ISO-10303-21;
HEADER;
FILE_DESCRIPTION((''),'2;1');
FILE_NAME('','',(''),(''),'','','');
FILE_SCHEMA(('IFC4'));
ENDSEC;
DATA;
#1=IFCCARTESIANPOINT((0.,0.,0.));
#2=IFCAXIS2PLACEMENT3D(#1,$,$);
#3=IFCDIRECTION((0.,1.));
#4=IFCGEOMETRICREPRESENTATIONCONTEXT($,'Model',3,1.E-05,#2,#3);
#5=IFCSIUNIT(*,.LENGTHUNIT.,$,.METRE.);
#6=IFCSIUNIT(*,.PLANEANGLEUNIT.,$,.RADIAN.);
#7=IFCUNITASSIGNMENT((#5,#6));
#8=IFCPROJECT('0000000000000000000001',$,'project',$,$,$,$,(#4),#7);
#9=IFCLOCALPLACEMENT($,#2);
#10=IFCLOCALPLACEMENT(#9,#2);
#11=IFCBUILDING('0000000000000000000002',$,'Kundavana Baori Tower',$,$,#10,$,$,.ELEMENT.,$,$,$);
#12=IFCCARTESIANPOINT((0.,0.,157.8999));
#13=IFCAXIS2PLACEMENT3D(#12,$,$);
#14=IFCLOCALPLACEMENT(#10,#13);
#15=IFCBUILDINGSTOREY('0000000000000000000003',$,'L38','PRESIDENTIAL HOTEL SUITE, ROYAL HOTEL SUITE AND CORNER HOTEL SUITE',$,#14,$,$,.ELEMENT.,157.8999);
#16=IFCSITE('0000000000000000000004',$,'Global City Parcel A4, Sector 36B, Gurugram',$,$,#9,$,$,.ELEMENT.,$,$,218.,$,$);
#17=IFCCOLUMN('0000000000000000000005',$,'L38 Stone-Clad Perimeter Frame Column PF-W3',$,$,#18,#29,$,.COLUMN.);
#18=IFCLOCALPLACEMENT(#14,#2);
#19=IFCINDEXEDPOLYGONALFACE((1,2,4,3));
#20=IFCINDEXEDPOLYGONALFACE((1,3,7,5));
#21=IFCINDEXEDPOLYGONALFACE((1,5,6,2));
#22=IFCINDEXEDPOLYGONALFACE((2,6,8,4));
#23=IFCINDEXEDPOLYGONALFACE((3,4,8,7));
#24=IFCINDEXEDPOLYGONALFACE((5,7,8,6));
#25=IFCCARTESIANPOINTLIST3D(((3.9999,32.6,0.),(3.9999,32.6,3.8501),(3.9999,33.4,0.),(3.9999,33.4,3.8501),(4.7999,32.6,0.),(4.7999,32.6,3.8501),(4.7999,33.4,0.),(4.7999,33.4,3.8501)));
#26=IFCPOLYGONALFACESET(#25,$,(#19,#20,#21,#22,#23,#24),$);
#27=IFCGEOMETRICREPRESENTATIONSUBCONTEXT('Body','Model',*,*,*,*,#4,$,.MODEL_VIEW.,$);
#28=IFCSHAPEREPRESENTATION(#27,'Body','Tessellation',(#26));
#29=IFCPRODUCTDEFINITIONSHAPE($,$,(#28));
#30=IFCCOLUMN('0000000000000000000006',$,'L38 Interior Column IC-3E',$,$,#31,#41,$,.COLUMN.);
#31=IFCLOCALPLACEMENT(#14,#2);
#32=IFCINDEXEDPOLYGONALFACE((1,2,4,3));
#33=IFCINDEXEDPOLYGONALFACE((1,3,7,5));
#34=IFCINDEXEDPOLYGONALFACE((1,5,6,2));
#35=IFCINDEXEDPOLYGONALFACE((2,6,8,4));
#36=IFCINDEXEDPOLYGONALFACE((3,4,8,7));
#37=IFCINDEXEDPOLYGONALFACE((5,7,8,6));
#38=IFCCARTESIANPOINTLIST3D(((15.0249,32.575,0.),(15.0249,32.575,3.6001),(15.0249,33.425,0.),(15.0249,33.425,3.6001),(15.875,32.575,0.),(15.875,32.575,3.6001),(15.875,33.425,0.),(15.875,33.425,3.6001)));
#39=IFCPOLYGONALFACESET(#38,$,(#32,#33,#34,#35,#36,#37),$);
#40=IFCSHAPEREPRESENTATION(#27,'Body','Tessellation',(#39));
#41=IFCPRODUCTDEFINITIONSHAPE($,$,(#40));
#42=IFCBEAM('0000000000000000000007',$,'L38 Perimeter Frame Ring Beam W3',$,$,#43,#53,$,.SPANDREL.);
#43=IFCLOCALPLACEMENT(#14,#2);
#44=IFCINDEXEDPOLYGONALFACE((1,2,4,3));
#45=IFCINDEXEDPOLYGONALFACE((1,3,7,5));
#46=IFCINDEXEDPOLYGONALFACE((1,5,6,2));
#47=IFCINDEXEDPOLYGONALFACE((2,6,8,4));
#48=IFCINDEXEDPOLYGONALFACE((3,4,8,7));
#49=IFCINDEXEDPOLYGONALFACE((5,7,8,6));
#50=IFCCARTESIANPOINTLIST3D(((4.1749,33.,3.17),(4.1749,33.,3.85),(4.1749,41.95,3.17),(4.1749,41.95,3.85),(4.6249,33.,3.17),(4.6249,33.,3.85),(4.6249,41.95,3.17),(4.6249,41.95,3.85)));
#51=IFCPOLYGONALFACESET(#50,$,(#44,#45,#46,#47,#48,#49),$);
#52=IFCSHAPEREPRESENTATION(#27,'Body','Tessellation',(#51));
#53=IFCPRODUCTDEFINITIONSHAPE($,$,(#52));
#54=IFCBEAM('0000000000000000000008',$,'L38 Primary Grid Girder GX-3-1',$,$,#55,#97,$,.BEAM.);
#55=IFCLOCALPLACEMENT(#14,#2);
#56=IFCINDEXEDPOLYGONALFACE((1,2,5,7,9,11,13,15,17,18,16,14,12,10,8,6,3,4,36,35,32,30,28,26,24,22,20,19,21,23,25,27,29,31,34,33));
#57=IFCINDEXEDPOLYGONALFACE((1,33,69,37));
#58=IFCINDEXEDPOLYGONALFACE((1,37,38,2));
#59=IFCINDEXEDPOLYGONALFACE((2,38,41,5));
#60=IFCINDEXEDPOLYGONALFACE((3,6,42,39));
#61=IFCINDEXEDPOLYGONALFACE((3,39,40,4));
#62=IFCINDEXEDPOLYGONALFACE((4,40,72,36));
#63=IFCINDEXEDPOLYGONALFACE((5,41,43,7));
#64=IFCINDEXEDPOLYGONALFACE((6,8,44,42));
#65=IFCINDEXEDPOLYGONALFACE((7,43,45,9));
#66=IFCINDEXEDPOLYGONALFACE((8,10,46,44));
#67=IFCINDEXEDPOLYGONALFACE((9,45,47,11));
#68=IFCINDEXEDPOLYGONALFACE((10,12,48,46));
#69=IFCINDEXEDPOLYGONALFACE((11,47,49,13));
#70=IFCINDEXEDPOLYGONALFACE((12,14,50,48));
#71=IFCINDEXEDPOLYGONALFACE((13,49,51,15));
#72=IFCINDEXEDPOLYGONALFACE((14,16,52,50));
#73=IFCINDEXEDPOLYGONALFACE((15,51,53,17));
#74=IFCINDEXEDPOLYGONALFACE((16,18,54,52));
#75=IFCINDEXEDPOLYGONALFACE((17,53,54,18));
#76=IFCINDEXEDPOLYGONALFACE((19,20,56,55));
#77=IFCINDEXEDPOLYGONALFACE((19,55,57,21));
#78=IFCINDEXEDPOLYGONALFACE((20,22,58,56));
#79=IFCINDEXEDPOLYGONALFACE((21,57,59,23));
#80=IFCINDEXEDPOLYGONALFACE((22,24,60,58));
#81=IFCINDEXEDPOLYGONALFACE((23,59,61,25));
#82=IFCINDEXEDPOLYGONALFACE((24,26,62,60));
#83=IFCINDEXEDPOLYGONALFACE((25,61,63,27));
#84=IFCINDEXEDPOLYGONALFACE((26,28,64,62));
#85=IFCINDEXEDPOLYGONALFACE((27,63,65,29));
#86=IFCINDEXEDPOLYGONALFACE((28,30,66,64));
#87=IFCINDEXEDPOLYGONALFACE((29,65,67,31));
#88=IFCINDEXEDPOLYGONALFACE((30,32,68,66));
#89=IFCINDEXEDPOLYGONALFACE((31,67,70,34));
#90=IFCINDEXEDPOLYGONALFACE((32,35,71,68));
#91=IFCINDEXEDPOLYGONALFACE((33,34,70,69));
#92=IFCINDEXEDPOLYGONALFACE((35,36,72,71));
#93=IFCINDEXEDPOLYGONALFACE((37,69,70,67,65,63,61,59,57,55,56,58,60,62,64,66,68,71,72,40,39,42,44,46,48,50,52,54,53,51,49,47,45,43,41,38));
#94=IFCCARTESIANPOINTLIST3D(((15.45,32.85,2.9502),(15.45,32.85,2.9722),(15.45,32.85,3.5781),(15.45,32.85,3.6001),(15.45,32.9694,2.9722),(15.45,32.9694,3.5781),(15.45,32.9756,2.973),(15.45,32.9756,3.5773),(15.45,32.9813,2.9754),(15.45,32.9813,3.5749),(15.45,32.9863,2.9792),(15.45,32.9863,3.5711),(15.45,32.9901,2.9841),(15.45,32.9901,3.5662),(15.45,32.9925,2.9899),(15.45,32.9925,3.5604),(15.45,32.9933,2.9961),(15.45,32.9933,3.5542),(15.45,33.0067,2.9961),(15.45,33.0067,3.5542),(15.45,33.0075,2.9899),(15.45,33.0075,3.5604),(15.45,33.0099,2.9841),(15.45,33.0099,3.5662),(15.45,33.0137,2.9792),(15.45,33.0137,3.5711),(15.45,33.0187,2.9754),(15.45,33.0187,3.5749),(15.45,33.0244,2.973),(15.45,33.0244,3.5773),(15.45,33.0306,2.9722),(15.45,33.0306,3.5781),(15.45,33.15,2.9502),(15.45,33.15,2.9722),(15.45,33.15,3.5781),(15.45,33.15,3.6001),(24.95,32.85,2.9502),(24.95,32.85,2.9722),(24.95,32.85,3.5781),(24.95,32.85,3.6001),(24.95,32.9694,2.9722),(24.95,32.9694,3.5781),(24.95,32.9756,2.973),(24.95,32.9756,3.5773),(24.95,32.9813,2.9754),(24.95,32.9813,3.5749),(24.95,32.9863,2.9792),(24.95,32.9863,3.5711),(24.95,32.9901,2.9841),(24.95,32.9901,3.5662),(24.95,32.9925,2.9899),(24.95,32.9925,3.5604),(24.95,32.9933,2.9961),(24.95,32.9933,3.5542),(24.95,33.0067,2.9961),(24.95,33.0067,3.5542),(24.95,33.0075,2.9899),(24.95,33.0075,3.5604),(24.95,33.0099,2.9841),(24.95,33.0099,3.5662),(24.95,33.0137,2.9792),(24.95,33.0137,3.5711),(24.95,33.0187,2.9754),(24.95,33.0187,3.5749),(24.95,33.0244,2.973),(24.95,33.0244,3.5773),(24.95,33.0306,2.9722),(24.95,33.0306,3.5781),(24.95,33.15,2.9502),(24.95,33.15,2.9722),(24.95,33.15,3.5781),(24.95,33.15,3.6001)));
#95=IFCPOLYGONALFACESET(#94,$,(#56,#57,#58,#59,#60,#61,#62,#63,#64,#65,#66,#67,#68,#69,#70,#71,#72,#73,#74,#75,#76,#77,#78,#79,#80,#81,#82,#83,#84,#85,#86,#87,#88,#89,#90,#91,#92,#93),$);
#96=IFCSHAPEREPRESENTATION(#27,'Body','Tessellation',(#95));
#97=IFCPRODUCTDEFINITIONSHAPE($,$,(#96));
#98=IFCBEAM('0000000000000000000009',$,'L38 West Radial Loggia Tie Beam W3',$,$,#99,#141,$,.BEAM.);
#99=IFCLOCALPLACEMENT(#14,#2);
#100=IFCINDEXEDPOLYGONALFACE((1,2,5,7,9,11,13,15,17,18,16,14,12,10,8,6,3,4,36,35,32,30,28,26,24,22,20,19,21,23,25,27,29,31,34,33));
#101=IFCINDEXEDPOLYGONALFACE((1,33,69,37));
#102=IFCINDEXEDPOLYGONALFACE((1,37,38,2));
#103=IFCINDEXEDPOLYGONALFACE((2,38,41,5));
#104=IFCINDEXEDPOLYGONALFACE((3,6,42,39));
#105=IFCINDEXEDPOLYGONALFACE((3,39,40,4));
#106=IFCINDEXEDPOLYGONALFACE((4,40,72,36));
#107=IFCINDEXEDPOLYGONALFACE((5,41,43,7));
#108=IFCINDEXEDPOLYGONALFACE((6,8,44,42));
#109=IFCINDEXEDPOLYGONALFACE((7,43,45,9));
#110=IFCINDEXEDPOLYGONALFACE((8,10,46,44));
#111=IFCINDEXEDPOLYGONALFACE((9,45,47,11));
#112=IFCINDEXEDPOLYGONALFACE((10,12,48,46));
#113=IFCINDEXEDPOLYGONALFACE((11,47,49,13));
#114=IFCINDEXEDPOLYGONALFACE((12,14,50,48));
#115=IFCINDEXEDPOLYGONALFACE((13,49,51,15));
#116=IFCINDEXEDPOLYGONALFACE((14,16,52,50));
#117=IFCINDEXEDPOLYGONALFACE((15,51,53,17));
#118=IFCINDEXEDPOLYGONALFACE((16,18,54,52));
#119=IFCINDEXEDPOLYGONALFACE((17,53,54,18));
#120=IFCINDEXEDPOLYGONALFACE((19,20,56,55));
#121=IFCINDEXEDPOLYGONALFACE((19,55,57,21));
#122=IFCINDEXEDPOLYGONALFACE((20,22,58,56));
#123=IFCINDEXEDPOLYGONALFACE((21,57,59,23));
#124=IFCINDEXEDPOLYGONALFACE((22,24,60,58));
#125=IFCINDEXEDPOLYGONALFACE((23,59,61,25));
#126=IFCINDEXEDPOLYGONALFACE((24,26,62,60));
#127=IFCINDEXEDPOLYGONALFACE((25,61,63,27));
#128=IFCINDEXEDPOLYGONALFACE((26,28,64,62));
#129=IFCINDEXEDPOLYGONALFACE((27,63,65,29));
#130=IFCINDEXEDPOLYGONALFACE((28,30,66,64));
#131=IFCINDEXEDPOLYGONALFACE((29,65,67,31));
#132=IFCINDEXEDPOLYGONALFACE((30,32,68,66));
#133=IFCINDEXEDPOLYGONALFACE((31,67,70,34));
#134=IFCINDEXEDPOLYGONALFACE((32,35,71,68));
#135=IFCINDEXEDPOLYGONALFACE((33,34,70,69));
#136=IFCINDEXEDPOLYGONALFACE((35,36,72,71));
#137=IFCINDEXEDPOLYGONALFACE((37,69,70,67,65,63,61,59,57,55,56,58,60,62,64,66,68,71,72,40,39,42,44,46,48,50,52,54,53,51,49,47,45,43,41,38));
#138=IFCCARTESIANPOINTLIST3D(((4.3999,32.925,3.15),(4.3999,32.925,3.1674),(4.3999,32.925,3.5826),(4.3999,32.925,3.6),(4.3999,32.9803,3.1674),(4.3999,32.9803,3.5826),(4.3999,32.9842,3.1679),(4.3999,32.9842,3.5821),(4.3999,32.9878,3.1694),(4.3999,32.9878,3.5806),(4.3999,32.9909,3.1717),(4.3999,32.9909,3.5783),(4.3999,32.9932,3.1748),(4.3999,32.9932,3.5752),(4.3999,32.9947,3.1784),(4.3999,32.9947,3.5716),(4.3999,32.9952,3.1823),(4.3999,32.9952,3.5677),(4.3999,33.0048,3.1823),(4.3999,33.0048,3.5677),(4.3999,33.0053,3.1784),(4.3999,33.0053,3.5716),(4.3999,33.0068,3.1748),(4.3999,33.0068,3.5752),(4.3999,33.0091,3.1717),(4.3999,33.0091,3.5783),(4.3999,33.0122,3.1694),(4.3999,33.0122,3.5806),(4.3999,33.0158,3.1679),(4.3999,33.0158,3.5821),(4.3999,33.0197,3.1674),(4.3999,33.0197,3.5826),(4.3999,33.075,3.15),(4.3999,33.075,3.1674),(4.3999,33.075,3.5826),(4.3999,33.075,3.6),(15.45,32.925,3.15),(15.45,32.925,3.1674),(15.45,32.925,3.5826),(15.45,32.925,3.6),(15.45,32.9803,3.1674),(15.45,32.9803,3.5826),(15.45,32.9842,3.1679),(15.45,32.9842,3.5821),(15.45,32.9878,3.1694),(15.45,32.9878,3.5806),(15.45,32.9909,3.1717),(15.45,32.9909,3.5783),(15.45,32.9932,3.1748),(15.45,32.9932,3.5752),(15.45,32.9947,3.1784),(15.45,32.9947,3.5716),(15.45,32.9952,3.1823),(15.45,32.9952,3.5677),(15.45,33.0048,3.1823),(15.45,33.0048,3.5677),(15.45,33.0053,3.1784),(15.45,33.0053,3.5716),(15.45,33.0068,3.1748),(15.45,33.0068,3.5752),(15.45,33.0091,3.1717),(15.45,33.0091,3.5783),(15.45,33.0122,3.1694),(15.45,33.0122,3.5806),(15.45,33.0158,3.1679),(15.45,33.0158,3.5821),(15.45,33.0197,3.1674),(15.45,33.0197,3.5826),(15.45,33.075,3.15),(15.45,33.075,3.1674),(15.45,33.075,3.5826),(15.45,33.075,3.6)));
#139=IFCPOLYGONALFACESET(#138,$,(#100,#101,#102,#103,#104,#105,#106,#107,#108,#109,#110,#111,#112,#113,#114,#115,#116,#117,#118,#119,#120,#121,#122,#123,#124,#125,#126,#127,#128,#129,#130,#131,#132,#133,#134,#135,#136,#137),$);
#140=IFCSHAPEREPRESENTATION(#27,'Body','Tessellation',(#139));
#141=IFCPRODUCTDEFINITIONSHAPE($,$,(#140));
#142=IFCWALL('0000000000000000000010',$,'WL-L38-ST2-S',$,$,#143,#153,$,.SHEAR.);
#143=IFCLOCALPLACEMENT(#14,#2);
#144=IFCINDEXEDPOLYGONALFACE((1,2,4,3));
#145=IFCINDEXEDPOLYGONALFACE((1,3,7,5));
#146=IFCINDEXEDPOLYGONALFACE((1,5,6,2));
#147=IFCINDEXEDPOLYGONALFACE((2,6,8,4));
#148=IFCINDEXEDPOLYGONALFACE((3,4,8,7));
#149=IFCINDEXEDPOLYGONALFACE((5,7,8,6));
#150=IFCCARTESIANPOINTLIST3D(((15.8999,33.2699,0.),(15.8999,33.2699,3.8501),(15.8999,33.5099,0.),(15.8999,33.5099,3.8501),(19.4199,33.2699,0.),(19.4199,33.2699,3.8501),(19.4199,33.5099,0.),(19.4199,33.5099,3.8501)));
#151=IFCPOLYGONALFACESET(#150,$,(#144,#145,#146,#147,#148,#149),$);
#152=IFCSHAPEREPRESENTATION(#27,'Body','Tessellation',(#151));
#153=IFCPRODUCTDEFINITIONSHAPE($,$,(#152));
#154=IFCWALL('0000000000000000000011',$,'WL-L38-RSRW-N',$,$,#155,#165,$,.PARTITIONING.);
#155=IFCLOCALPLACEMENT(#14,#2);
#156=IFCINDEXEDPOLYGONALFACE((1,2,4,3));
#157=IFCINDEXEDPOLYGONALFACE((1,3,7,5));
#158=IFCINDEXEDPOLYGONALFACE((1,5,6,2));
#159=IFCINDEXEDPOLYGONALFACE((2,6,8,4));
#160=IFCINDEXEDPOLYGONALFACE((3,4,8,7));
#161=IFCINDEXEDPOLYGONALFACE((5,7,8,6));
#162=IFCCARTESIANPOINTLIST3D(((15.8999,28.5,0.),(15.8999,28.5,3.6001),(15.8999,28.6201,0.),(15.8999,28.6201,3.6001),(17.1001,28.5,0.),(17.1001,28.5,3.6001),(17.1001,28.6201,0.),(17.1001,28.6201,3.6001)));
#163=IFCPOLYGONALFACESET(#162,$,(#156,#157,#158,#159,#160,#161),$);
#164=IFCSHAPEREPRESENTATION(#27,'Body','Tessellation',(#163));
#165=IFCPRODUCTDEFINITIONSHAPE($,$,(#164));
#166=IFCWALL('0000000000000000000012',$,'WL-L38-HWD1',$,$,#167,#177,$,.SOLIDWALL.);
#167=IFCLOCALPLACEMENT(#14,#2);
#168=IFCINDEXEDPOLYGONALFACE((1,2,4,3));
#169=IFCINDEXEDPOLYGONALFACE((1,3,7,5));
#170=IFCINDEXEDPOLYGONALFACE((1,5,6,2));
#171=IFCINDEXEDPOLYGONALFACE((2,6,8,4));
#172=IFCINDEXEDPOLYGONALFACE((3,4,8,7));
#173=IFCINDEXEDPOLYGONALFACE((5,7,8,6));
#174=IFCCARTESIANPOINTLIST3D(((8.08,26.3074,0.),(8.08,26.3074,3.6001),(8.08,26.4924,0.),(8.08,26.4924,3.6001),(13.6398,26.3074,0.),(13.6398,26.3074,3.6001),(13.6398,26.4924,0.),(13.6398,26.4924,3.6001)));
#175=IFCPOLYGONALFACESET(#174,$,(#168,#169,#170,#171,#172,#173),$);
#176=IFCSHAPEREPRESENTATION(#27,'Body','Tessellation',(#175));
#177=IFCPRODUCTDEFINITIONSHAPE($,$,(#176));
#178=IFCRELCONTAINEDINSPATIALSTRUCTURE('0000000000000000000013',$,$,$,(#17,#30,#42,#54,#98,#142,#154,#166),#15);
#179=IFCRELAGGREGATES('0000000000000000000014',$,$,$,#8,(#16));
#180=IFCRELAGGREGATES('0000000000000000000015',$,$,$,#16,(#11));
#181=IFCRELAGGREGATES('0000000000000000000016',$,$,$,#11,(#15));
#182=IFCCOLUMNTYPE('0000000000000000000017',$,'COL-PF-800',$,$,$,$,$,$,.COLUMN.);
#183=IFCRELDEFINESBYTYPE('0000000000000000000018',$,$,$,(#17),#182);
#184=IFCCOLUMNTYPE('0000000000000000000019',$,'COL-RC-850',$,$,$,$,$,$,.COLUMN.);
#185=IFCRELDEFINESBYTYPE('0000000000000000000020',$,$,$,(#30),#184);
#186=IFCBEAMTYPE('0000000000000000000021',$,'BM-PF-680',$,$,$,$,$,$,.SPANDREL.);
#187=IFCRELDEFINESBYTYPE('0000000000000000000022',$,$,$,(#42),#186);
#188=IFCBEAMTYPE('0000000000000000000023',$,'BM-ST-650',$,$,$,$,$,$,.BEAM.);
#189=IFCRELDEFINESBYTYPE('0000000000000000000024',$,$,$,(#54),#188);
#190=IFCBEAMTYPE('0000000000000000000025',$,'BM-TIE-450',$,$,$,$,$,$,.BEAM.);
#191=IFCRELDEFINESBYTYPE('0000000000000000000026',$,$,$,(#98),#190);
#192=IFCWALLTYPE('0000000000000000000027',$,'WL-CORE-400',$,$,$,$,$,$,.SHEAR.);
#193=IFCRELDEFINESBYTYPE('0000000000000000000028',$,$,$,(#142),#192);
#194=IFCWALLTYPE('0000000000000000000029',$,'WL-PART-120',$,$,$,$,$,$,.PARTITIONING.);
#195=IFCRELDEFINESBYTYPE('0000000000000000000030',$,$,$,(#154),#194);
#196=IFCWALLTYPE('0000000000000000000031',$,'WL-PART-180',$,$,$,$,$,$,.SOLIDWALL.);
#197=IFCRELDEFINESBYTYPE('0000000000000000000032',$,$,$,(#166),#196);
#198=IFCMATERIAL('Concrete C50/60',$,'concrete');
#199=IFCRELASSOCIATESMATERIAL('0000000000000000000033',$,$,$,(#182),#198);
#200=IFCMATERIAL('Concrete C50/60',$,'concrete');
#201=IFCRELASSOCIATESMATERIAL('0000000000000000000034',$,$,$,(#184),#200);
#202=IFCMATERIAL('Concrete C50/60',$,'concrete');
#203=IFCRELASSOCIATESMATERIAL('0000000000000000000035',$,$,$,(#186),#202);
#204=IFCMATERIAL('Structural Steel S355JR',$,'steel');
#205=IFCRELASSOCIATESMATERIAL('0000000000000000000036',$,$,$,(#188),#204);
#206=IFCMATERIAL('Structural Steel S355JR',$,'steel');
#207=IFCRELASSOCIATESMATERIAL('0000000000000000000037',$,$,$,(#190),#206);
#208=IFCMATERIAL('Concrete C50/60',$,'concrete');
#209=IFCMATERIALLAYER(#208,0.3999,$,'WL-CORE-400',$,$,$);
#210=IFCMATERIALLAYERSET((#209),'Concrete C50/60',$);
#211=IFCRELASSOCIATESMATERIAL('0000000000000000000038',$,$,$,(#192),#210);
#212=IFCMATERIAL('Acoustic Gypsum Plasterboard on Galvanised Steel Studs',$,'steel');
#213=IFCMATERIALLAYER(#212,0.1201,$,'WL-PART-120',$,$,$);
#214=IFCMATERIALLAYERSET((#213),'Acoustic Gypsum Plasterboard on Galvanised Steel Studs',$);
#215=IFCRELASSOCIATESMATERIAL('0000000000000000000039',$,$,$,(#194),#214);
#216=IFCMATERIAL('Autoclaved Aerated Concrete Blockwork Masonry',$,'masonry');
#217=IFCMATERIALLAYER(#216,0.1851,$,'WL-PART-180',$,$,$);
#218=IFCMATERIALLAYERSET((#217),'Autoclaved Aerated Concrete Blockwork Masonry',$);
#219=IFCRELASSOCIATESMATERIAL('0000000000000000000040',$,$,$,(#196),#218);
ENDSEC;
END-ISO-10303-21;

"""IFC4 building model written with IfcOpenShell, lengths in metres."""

from ifc_helpers import new_model, si_unit, direction, frame, frame_2d, origin, origin_2d, place, context, subcontext, project, spatial, rectangle, i_section, extrude, material, layer, layer_set, material_profile, profile_set, type_object, element, save


model = new_model("IFC4")

# Units and contexts
model_context = context("Model", 3, precision=1e-05, world=origin(), true_north=direction((0.0, 1.0)))
body_context = subcontext(model_context, "Body", "Model", "MODEL_VIEW")
ifc_project = project(units=[si_unit("LENGTHUNIT", "METRE"), si_unit("PLANEANGLEUNIT", "RADIAN")], contexts=[model_context])

# Site, building, storey
site_placement = place(None, origin())
site = spatial("IfcSite", under=ifc_project, at=site_placement, Name="Global City Parcel A4, Sector 36B, Gurugram", CompositionType="ELEMENT", RefElevation=218.0)
building_placement = place(site_placement, origin())
building = spatial("IfcBuilding", under=site, at=building_placement, Name="Kundavana Baori Tower", CompositionType="ELEMENT")
storey_placement = place(building_placement, frame((0.0, 0.0, 157.8999)))
storey = spatial("IfcBuildingStorey", under=building, at=storey_placement, Name="L38", Description="PRESIDENTIAL HOTEL SUITE, ROYAL HOTEL SUITE AND CORNER HOTEL SUITE", CompositionType="ELEMENT", Elevation=157.8999)

# Columns
ifc_material_1 = material(Name="Concrete C50/60", Category="concrete")
ifc_material_profile_1 = material_profile(ifc_material_1, rectangle(XDim=0.8, YDim=0.8, at=origin_2d()), Name="RC PF 800x800")
ifc_profile_set_1 = profile_set([ifc_material_profile_1], Name="Concrete C50/60")
column_type_1 = type_object("IfcColumnType", Name="COL-PF-800", PredefinedType="COLUMN", material=ifc_profile_set_1)
column_1_placement = place(storey_placement, frame((4.3999, 33.0, 0.0), z_axis=(0.0, 0.0, 1.0), x_axis=(1.0, 0.0, 0.0)))
element("IfcColumn", 1, at=column_1_placement, inside=storey, type_object=column_type_1, Name="L38 Stone-Clad Perimeter Frame Column PF-W3", PredefinedType="COLUMN", context=body_context, shape_type="SweptSolid", body=[
    extrude(rectangle(XDim=0.8, YDim=0.8, at=origin_2d()), origin(), (0.0, 0.0, 1.0), 3.8501),
])
ifc_material_2 = material(Name="Concrete C50/60", Category="concrete")
ifc_material_profile_2 = material_profile(ifc_material_2, rectangle(XDim=0.8501, YDim=0.8501, at=origin_2d()), Name="RC 850x850")
ifc_profile_set_2 = profile_set([ifc_material_profile_2], Name="Concrete C50/60")
column_type_2 = type_object("IfcColumnType", Name="COL-RC-850", PredefinedType="COLUMN", material=ifc_profile_set_2)
column_2_placement = place(storey_placement, frame((15.45, 33.0, 0.0), z_axis=(0.0, 0.0, 1.0), x_axis=(1.0, 0.0, 0.0)))
element("IfcColumn", 2, at=column_2_placement, inside=storey, type_object=column_type_2, Name="L38 Interior Column IC-3E", PredefinedType="COLUMN", context=body_context, shape_type="SweptSolid", body=[
    extrude(rectangle(XDim=0.8501, YDim=0.8501, at=origin_2d()), origin(), (0.0, 0.0, 1.0), 3.6001),
])

# Beams
ifc_material_3 = material(Name="Concrete C50/60", Category="concrete")
ifc_material_profile_3 = material_profile(ifc_material_3, rectangle(XDim=0.45, YDim=0.6799, at=origin_2d()), Name="RC BM 450x680")
ifc_profile_set_3 = profile_set([ifc_material_profile_3], Name="Concrete C50/60")
beam_type_1 = type_object("IfcBeamType", Name="BM-PF-680", PredefinedType="SPANDREL", material=ifc_profile_set_3)
beam_1_placement = place(storey_placement, frame((4.3999, 33.0, 3.51), z_axis=(0.0, 1.0, 0.0), x_axis=(-1.0, 0.0, 0.0)))
element("IfcBeam", 3, at=beam_1_placement, inside=storey, type_object=beam_type_1, Name="L38 Perimeter Frame Ring Beam W3", PredefinedType="SPANDREL", context=body_context, shape_type="SweptSolid", body=[
    extrude(rectangle(XDim=0.45, YDim=0.6799, at=origin_2d()), origin(), (0.0, 0.0, 1.0), 8.95),
])
ifc_material_4 = material(Name="Structural Steel S355JR", Category="steel")
ifc_material_profile_4 = material_profile(ifc_material_4, i_section(OverallWidth=0.3, OverallDepth=0.6499, WebThickness=0.0134, FlangeThickness=0.022, FilletRadius=0.0239, at=origin_2d()), Name="NPB 650x300x155")
ifc_profile_set_4 = profile_set([ifc_material_profile_4], Name="Structural Steel S355JR")
beam_type_2 = type_object("IfcBeamType", Name="BM-ST-650", PredefinedType="BEAM", material=ifc_profile_set_4)
beam_2_placement = place(storey_placement, frame((15.45, 33.0, 3.2751), z_axis=(1.0, 0.0, 0.0), x_axis=(0.0, 1.0, 0.0)))
element("IfcBeam", 4, at=beam_2_placement, inside=storey, type_object=beam_type_2, Name="L38 Primary Grid Girder GX-3-1", PredefinedType="BEAM", context=body_context, shape_type="SweptSolid", body=[
    extrude(i_section(OverallWidth=0.3, OverallDepth=0.6499, WebThickness=0.0134, FlangeThickness=0.022, FilletRadius=0.0239, at=origin_2d()), origin(), (0.0, 0.0, 1.0), 9.5),
])
ifc_material_5 = material(Name="Structural Steel S355JR", Category="steel")
ifc_material_profile_5 = material_profile(ifc_material_5, i_section(OverallWidth=0.1499, OverallDepth=0.45, WebThickness=0.0095, FlangeThickness=0.0173, FilletRadius=0.0149, at=origin_2d()), Name="ISMB 450")
ifc_profile_set_5 = profile_set([ifc_material_profile_5], Name="Structural Steel S355JR")
beam_type_3 = type_object("IfcBeamType", Name="BM-TIE-450", PredefinedType="BEAM", material=ifc_profile_set_5)
beam_3_placement = place(storey_placement, frame((15.45, 33.0, 3.375), z_axis=(-1.0, 0.0, 0.0), x_axis=(0.0, -1.0, 0.0)))
element("IfcBeam", 5, at=beam_3_placement, inside=storey, type_object=beam_type_3, Name="L38 West Radial Loggia Tie Beam W3", PredefinedType="BEAM", context=body_context, shape_type="SweptSolid", body=[
    extrude(i_section(OverallWidth=0.1499, OverallDepth=0.45, WebThickness=0.0095, FlangeThickness=0.0173, FilletRadius=0.0149, at=origin_2d()), origin(), (0.0, 0.0, 1.0), 11.05),
])

# Walls
ifc_material_6 = material(Name="Concrete C50/60", Category="concrete")
ifc_layer_1 = layer(ifc_material_6, 0.3999, Name="WL-CORE-400")
ifc_layer_set_1 = layer_set([ifc_layer_1], Name="Concrete C50/60")
wall_type_1 = type_object("IfcWallType", Name="WL-CORE-400", PredefinedType="SHEAR", material=ifc_layer_set_1)
wall_1_placement = place(storey_placement, frame((15.8999, 33.3899, 0.0), z_axis=(0.0, 0.0, 1.0), x_axis=(1.0, 0.0, 0.0)))
element("IfcWall", 6, at=wall_1_placement, inside=storey, type_object=wall_type_1, Name="WL-L38-ST2-S", PredefinedType="SHEAR", context=body_context, shape_type="SweptSolid", body=[
    extrude(rectangle(XDim=3.52, YDim=0.24, at=frame_2d((1.76, 0.0))), origin(), (0.0, 0.0, 1.0), 3.8501),
])
ifc_material_7 = material(Name="Acoustic Gypsum Plasterboard on Galvanised Steel Studs", Category="steel")
ifc_layer_2 = layer(ifc_material_7, 0.1201, Name="WL-PART-120")
ifc_layer_set_2 = layer_set([ifc_layer_2], Name="Acoustic Gypsum Plasterboard on Galvanised Steel Studs")
wall_type_2 = type_object("IfcWallType", Name="WL-PART-120", PredefinedType="PARTITIONING", material=ifc_layer_set_2)
wall_2_placement = place(storey_placement, frame((15.8999, 28.5601, 0.0), z_axis=(0.0, 0.0, 1.0), x_axis=(1.0, 0.0, 0.0)))
element("IfcWall", 7, at=wall_2_placement, inside=storey, type_object=wall_type_2, Name="WL-L38-RSRW-N", PredefinedType="PARTITIONING", context=body_context, shape_type="SweptSolid", body=[
    extrude(rectangle(XDim=1.2002, YDim=0.1201, at=frame_2d((0.6001, 0.0))), origin(), (0.0, 0.0, 1.0), 3.6001),
])
ifc_material_8 = material(Name="Autoclaved Aerated Concrete Blockwork Masonry", Category="masonry")
ifc_layer_3 = layer(ifc_material_8, 0.1851, Name="WL-PART-180")
ifc_layer_set_3 = layer_set([ifc_layer_3], Name="Autoclaved Aerated Concrete Blockwork Masonry")
wall_type_3 = type_object("IfcWallType", Name="WL-PART-180", PredefinedType="SOLIDWALL", material=ifc_layer_set_3)
wall_3_placement = place(storey_placement, frame((8.0801, 26.3999, 0.0), z_axis=(0.0, 0.0, 1.0), x_axis=(1.0, 0.0, 0.0)))
element("IfcWall", 8, at=wall_3_placement, inside=storey, type_object=wall_type_3, Name="WL-L38-HWD1", PredefinedType="SOLIDWALL", context=body_context, shape_type="SweptSolid", body=[
    extrude(rectangle(XDim=5.5598, YDim=0.1851, at=frame_2d((2.7798, 0.0))), origin(), (0.0, 0.0, 1.0), 3.6001),
])

save(model, "model.ifc")
